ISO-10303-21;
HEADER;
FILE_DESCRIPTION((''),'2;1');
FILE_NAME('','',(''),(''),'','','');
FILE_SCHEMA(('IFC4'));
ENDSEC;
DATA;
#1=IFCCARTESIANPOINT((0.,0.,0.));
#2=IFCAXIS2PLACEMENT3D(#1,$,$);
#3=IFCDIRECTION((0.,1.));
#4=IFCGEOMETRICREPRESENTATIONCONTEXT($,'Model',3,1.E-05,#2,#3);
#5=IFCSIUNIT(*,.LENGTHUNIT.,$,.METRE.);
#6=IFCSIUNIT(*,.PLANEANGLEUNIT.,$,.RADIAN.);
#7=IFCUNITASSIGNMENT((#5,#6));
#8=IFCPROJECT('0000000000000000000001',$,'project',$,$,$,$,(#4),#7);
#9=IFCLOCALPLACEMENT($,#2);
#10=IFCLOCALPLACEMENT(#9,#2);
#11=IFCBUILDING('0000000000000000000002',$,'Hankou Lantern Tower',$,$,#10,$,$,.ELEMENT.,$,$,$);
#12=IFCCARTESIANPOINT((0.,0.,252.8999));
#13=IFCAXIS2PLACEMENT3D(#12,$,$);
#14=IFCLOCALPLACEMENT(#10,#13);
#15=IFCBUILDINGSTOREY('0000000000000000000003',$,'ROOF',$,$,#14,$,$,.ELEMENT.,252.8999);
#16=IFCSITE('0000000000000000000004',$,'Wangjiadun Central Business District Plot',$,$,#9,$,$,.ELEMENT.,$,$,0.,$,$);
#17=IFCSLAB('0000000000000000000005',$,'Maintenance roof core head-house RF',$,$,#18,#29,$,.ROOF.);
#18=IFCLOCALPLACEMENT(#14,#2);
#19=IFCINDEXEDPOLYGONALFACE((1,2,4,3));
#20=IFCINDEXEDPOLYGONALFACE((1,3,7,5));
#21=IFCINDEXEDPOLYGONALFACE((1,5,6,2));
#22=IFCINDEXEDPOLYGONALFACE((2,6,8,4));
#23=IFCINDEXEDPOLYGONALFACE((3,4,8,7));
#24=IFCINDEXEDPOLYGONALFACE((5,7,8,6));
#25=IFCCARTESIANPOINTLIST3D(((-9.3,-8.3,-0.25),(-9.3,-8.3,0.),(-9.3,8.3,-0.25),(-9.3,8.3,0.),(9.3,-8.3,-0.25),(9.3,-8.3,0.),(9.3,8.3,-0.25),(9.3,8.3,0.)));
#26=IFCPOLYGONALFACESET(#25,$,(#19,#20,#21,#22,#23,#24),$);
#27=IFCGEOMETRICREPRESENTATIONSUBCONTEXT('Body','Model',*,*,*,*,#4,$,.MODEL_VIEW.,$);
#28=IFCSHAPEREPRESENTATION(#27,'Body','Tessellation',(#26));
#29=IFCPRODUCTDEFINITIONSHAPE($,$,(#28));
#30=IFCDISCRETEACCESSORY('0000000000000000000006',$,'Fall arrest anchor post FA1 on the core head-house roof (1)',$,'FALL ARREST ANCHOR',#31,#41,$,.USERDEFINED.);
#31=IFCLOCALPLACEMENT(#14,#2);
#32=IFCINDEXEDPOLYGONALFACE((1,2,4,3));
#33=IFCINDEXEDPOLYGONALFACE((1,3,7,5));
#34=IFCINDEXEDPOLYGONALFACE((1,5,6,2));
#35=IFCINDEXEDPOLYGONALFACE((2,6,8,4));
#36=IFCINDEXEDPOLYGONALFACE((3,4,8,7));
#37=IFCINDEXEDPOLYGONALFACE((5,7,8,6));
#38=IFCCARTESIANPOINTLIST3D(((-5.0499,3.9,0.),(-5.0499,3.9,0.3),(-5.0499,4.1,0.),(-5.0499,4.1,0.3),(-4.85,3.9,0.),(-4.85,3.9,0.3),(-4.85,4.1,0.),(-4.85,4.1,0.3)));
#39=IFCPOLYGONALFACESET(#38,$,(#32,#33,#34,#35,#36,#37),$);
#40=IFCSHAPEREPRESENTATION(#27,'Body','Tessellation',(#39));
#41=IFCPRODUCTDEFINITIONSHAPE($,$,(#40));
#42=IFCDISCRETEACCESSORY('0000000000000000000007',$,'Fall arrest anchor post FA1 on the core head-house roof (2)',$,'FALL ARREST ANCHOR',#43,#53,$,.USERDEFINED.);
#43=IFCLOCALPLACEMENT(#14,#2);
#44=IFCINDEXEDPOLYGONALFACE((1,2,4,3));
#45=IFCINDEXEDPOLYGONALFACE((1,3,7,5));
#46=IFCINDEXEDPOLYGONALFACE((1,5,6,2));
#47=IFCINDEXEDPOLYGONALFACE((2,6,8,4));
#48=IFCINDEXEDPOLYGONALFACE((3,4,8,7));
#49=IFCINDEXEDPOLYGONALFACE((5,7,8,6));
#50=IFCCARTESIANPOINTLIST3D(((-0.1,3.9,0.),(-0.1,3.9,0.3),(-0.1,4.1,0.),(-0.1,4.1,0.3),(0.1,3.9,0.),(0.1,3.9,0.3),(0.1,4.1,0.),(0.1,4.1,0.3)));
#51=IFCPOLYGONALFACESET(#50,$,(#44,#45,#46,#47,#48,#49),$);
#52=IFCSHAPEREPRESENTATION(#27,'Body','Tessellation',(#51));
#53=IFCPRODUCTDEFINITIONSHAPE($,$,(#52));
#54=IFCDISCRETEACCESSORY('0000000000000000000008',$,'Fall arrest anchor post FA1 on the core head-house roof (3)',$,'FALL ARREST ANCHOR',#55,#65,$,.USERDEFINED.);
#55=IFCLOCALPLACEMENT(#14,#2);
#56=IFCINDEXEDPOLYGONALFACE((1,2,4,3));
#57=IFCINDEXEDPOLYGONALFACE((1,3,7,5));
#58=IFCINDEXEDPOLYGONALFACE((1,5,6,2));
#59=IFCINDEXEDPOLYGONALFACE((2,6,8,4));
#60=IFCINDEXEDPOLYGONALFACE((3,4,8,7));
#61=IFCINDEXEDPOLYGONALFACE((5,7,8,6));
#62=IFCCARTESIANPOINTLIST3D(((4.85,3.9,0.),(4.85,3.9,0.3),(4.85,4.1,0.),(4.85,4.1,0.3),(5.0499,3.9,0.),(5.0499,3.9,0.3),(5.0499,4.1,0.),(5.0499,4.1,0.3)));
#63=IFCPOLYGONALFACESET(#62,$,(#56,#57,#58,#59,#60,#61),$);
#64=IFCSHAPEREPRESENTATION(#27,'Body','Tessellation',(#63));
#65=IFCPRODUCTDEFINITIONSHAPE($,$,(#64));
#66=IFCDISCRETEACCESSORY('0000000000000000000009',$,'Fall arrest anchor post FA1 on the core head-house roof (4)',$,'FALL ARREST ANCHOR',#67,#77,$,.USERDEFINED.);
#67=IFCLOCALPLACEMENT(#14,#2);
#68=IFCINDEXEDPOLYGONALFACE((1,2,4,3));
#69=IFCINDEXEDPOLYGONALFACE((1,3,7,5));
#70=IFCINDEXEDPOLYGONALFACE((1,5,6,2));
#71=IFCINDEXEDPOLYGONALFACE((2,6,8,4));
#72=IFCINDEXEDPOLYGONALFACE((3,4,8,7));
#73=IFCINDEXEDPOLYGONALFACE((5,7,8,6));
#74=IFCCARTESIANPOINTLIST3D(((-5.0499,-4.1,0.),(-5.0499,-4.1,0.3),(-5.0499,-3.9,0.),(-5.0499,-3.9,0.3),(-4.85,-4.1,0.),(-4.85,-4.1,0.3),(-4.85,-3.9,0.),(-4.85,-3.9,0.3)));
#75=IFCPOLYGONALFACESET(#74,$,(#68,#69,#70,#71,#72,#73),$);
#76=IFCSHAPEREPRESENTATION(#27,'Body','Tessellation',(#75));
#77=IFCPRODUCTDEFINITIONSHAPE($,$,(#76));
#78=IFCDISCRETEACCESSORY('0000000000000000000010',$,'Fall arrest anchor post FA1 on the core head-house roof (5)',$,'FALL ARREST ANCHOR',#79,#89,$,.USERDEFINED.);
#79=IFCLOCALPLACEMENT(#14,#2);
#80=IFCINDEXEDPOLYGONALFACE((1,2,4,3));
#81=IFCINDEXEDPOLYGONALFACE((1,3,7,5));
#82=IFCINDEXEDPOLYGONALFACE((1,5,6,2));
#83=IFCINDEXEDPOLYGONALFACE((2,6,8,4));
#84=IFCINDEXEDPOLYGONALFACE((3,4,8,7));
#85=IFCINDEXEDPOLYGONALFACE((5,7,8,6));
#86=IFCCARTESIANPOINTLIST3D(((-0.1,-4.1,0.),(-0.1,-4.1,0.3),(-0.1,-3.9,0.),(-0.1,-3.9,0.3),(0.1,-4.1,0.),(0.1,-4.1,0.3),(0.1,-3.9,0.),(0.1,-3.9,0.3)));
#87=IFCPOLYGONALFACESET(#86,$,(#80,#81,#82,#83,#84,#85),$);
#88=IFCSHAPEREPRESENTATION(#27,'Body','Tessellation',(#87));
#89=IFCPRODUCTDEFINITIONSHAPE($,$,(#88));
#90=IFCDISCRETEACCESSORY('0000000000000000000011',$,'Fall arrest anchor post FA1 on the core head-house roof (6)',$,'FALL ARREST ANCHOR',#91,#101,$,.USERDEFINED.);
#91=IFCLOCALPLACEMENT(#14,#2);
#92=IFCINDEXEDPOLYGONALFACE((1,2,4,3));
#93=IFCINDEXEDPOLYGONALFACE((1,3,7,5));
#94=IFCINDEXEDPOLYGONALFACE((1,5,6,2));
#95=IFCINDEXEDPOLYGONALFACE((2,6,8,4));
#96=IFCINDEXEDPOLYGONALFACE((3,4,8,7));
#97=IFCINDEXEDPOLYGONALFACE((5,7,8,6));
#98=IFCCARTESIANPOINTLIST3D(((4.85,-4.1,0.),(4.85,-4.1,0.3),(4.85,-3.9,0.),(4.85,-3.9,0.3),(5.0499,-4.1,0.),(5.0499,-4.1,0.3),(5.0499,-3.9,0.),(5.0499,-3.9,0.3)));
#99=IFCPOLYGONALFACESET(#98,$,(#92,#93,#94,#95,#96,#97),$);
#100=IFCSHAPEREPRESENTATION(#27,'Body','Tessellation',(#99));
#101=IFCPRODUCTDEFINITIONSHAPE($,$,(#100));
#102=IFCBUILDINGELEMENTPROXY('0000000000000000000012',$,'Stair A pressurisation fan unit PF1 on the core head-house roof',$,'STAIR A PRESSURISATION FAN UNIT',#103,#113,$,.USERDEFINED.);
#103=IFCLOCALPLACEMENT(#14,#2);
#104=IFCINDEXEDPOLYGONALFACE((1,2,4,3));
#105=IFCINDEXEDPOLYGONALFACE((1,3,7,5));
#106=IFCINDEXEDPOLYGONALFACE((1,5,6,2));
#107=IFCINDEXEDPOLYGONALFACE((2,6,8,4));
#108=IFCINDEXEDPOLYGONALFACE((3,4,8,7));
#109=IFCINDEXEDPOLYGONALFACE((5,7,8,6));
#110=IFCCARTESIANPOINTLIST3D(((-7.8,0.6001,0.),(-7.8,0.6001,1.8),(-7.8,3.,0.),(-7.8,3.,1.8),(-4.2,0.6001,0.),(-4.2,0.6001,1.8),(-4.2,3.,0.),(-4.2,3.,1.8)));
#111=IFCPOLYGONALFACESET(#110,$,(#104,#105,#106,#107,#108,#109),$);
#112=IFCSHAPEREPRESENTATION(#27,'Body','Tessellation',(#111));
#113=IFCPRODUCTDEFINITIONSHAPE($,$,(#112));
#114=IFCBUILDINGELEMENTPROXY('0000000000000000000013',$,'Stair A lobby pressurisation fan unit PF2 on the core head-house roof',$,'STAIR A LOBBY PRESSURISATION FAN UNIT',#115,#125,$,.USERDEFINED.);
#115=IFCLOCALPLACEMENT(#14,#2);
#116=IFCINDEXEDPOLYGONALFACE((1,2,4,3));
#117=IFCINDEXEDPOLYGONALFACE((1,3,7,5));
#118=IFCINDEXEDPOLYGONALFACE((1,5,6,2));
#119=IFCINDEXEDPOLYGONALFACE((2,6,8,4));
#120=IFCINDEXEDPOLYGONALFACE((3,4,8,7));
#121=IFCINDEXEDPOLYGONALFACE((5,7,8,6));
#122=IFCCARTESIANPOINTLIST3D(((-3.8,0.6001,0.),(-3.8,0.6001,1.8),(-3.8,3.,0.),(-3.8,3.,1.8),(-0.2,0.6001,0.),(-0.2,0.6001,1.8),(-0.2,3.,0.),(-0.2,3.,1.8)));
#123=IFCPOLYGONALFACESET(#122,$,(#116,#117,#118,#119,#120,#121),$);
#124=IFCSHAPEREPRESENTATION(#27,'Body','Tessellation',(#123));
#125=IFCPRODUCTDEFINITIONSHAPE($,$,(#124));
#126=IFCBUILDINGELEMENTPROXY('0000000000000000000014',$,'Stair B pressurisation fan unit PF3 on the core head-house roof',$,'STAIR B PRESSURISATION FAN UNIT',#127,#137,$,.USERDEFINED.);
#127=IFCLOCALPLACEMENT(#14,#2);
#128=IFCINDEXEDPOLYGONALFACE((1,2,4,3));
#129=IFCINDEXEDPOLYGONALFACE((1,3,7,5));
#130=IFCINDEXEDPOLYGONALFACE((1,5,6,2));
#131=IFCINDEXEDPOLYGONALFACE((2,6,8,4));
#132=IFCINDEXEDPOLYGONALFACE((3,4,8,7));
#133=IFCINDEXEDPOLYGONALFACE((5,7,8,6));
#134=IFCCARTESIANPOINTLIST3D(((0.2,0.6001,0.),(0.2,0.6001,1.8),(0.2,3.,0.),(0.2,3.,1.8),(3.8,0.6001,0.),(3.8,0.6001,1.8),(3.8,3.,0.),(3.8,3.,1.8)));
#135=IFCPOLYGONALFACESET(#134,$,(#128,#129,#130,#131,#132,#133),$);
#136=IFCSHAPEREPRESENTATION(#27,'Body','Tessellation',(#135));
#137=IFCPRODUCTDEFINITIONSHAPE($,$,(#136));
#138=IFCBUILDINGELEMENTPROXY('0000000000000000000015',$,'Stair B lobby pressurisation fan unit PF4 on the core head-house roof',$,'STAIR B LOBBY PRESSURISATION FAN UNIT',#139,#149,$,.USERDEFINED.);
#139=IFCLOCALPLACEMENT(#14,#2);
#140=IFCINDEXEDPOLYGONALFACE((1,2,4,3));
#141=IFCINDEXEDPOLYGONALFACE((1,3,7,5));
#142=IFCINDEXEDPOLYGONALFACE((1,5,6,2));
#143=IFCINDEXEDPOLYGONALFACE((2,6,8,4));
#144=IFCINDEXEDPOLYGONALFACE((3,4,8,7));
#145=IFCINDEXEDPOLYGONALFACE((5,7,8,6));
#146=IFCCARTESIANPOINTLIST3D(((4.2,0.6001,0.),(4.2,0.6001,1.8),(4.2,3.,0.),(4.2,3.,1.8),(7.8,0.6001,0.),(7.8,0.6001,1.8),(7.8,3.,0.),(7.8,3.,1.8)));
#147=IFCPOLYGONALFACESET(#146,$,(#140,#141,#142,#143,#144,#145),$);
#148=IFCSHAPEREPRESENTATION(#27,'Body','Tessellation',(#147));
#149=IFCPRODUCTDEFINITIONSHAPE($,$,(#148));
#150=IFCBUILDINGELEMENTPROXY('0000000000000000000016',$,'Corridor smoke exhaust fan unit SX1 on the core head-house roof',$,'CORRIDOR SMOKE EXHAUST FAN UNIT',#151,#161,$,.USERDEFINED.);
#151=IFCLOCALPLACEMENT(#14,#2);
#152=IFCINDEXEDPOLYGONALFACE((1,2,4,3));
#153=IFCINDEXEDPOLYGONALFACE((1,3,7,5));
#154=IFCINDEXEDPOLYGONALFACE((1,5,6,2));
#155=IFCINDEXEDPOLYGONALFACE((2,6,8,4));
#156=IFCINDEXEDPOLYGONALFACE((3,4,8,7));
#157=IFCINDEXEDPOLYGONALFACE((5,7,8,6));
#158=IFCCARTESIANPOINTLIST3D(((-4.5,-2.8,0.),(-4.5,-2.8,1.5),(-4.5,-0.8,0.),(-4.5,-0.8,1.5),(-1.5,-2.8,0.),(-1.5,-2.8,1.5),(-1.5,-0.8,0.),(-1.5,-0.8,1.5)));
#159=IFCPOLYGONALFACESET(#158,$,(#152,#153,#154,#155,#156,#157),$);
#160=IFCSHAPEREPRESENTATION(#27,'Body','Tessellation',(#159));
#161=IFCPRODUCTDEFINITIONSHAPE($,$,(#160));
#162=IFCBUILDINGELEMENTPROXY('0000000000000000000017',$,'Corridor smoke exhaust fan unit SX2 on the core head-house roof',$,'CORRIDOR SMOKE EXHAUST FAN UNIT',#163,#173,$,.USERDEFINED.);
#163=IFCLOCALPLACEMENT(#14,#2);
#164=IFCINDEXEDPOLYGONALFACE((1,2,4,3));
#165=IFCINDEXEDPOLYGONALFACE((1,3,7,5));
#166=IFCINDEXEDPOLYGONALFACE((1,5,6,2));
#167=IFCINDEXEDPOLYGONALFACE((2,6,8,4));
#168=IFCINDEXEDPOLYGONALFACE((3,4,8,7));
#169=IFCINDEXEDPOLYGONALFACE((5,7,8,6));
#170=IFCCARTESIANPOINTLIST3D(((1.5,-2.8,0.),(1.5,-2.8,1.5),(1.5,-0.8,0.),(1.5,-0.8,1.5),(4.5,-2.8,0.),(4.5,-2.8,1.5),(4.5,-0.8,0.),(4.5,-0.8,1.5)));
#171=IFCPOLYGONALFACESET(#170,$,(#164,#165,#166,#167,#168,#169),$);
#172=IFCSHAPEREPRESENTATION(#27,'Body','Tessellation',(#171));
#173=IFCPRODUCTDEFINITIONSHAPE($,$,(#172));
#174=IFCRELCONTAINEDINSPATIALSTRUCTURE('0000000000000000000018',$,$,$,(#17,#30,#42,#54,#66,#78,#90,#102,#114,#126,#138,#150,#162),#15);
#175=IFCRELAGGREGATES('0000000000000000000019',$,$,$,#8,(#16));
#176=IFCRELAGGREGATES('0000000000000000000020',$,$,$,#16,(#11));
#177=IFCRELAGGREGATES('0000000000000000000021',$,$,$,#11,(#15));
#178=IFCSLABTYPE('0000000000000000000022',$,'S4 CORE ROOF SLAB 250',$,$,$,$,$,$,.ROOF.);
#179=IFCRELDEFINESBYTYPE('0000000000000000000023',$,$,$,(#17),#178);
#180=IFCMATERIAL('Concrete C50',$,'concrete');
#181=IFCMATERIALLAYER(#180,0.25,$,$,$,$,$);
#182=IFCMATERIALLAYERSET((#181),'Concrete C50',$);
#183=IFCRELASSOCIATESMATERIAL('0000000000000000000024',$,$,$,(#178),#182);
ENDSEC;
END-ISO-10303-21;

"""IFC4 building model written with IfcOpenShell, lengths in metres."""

from ifc_helpers import new_model, si_unit, direction, frame, origin, origin_2d, place, context, subcontext, project, spatial, polyline, rectangle, outline, extrude, material, layer, layer_set, type_object, element, save


model = new_model("IFC4")

# Units and contexts
model_context = context("Model", 3, precision=1e-05, world=origin(), true_north=direction((0.0, 1.0)))
body_context = subcontext(model_context, "Body", "Model", "MODEL_VIEW")
ifc_project = project(units=[si_unit("LENGTHUNIT", "METRE"), si_unit("PLANEANGLEUNIT", "RADIAN")], contexts=[model_context])

# Site, building, storey
site_placement = place(None, origin())
site = spatial("IfcSite", under=ifc_project, at=site_placement, Name="Wangjiadun Central Business District Plot", CompositionType="ELEMENT", RefElevation=0.0)
building_placement = place(site_placement, origin())
building = spatial("IfcBuilding", under=site, at=building_placement, Name="Hankou Lantern Tower", CompositionType="ELEMENT")
storey_placement = place(building_placement, frame((0.0, 0.0, 252.8999)))
storey = spatial("IfcBuildingStorey", under=building, at=storey_placement, Name="ROOF", CompositionType="ELEMENT", Elevation=252.8999)

# Slab
ifc_material = material(Name="Concrete C50", Category="concrete")
ifc_layer = layer(ifc_material, 0.25)
ifc_layer_set = layer_set([ifc_layer], Name="Concrete C50")
slab_type = type_object("IfcSlabType", Name="S4 CORE ROOF SLAB 250", PredefinedType="ROOF", material=ifc_layer_set)
slab_placement = place(storey_placement, frame((0.0, 0.0, -0.25)))
element("IfcSlab", 1, at=slab_placement, inside=storey, type_object=slab_type, Name="Maintenance roof core head-house RF", PredefinedType="ROOF", context=body_context, shape_type="SweptSolid", body=[
    extrude(outline(polyline([(-9.3, -8.3), (9.3, -8.3), (9.3, 8.3), (-9.3, 8.3), (-9.3, -8.3)])), origin(), (0.0, 0.0, 1.0), 0.25),
])

# Discrete accessories
for number, where, z_axis, x_axis, name in (
    (2, (-4.95, 4.0, 0.0), (0.0, 0.0, 1.0), (1.0, 0.0, 0.0), "Fall arrest anchor post FA1 on the core head-house roof (1)"),
    (3, (0.0, 4.0, 0.0), (0.0, 0.0, 1.0), (1.0, 0.0, 0.0), "Fall arrest anchor post FA1 on the core head-house roof (2)"),
    (4, (4.95, 4.0, 0.0), (0.0, 0.0, 1.0), (1.0, 0.0, 0.0), "Fall arrest anchor post FA1 on the core head-house roof (3)"),
    (5, (-4.95, -4.0, 0.0), (0.0, 0.0, 1.0), (1.0, 0.0, 0.0), "Fall arrest anchor post FA1 on the core head-house roof (4)"),
    (6, (0.0, -4.0, 0.0), (0.0, 0.0, 1.0), (1.0, 0.0, 0.0), "Fall arrest anchor post FA1 on the core head-house roof (5)"),
    (7, (4.95, -4.0, 0.0), (0.0, 0.0, 1.0), (1.0, 0.0, 0.0), "Fall arrest anchor post FA1 on the core head-house roof (6)"),
):
    element("IfcDiscreteAccessory", number, at=place(storey_placement, frame(where, z_axis=z_axis, x_axis=x_axis)), inside=storey, Name=name, ObjectType="FALL ARREST ANCHOR", PredefinedType="USERDEFINED", context=body_context, shape_type="SweptSolid", body=[
        extrude(rectangle(XDim=0.2, YDim=0.2, at=origin_2d()), origin(), (0.0, 0.0, 1.0), 0.3),
    ])

# Building element proxies
proxy_1_placement = place(storey_placement, frame((-6.0, 1.8, 0.0), z_axis=(0.0, 0.0, 1.0), x_axis=(1.0, 0.0, 0.0)))
element("IfcBuildingElementProxy", 8, at=proxy_1_placement, inside=storey, Name="Stair A pressurisation fan unit PF1 on the core head-house roof", ObjectType="STAIR A PRESSURISATION FAN UNIT", PredefinedType="USERDEFINED", context=body_context, shape_type="SweptSolid", body=[
    extrude(rectangle(XDim=3.6001, YDim=2.3999, at=origin_2d()), origin(), (0.0, 0.0, 1.0), 1.8),
])
proxy_2_placement = place(storey_placement, frame((-2.0, 1.8, 0.0), z_axis=(0.0, 0.0, 1.0), x_axis=(1.0, 0.0, 0.0)))
element("IfcBuildingElementProxy", 9, at=proxy_2_placement, inside=storey, Name="Stair A lobby pressurisation fan unit PF2 on the core head-house roof", ObjectType="STAIR A LOBBY PRESSURISATION FAN UNIT", PredefinedType="USERDEFINED", context=body_context, shape_type="SweptSolid", body=[
    extrude(rectangle(XDim=3.6001, YDim=2.3999, at=origin_2d()), origin(), (0.0, 0.0, 1.0), 1.8),
])
proxy_3_placement = place(storey_placement, frame((2.0, 1.8, 0.0), z_axis=(0.0, 0.0, 1.0), x_axis=(1.0, 0.0, 0.0)))
element("IfcBuildingElementProxy", 10, at=proxy_3_placement, inside=storey, Name="Stair B pressurisation fan unit PF3 on the core head-house roof", ObjectType="STAIR B PRESSURISATION FAN UNIT", PredefinedType="USERDEFINED", context=body_context, shape_type="SweptSolid", body=[
    extrude(rectangle(XDim=3.6001, YDim=2.3999, at=origin_2d()), origin(), (0.0, 0.0, 1.0), 1.8),
])
proxy_4_placement = place(storey_placement, frame((6.0, 1.8, 0.0), z_axis=(0.0, 0.0, 1.0), x_axis=(1.0, 0.0, 0.0)))
element("IfcBuildingElementProxy", 11, at=proxy_4_placement, inside=storey, Name="Stair B lobby pressurisation fan unit PF4 on the core head-house roof", ObjectType="STAIR B LOBBY PRESSURISATION FAN UNIT", PredefinedType="USERDEFINED", context=body_context, shape_type="SweptSolid", body=[
    extrude(rectangle(XDim=3.6001, YDim=2.3999, at=origin_2d()), origin(), (0.0, 0.0, 1.0), 1.8),
])
for number, where, z_axis, x_axis, name in (
    (12, (-3.0, -1.8, 0.0), (0.0, 0.0, 1.0), (1.0, 0.0, 0.0), "Corridor smoke exhaust fan unit SX1 on the core head-house roof"),
    (13, (3.0, -1.8, 0.0), (0.0, 0.0, 1.0), (1.0, 0.0, 0.0), "Corridor smoke exhaust fan unit SX2 on the core head-house roof"),
):
    element("IfcBuildingElementProxy", number, at=place(storey_placement, frame(where, z_axis=z_axis, x_axis=x_axis)), inside=storey, Name=name, ObjectType="CORRIDOR SMOKE EXHAUST FAN UNIT", PredefinedType="USERDEFINED", context=body_context, shape_type="SweptSolid", body=[
        extrude(rectangle(XDim=3.0, YDim=2.0, at=origin_2d()), origin(), (0.0, 0.0, 1.0), 1.5),
    ])

save(model, "model.ifc")
